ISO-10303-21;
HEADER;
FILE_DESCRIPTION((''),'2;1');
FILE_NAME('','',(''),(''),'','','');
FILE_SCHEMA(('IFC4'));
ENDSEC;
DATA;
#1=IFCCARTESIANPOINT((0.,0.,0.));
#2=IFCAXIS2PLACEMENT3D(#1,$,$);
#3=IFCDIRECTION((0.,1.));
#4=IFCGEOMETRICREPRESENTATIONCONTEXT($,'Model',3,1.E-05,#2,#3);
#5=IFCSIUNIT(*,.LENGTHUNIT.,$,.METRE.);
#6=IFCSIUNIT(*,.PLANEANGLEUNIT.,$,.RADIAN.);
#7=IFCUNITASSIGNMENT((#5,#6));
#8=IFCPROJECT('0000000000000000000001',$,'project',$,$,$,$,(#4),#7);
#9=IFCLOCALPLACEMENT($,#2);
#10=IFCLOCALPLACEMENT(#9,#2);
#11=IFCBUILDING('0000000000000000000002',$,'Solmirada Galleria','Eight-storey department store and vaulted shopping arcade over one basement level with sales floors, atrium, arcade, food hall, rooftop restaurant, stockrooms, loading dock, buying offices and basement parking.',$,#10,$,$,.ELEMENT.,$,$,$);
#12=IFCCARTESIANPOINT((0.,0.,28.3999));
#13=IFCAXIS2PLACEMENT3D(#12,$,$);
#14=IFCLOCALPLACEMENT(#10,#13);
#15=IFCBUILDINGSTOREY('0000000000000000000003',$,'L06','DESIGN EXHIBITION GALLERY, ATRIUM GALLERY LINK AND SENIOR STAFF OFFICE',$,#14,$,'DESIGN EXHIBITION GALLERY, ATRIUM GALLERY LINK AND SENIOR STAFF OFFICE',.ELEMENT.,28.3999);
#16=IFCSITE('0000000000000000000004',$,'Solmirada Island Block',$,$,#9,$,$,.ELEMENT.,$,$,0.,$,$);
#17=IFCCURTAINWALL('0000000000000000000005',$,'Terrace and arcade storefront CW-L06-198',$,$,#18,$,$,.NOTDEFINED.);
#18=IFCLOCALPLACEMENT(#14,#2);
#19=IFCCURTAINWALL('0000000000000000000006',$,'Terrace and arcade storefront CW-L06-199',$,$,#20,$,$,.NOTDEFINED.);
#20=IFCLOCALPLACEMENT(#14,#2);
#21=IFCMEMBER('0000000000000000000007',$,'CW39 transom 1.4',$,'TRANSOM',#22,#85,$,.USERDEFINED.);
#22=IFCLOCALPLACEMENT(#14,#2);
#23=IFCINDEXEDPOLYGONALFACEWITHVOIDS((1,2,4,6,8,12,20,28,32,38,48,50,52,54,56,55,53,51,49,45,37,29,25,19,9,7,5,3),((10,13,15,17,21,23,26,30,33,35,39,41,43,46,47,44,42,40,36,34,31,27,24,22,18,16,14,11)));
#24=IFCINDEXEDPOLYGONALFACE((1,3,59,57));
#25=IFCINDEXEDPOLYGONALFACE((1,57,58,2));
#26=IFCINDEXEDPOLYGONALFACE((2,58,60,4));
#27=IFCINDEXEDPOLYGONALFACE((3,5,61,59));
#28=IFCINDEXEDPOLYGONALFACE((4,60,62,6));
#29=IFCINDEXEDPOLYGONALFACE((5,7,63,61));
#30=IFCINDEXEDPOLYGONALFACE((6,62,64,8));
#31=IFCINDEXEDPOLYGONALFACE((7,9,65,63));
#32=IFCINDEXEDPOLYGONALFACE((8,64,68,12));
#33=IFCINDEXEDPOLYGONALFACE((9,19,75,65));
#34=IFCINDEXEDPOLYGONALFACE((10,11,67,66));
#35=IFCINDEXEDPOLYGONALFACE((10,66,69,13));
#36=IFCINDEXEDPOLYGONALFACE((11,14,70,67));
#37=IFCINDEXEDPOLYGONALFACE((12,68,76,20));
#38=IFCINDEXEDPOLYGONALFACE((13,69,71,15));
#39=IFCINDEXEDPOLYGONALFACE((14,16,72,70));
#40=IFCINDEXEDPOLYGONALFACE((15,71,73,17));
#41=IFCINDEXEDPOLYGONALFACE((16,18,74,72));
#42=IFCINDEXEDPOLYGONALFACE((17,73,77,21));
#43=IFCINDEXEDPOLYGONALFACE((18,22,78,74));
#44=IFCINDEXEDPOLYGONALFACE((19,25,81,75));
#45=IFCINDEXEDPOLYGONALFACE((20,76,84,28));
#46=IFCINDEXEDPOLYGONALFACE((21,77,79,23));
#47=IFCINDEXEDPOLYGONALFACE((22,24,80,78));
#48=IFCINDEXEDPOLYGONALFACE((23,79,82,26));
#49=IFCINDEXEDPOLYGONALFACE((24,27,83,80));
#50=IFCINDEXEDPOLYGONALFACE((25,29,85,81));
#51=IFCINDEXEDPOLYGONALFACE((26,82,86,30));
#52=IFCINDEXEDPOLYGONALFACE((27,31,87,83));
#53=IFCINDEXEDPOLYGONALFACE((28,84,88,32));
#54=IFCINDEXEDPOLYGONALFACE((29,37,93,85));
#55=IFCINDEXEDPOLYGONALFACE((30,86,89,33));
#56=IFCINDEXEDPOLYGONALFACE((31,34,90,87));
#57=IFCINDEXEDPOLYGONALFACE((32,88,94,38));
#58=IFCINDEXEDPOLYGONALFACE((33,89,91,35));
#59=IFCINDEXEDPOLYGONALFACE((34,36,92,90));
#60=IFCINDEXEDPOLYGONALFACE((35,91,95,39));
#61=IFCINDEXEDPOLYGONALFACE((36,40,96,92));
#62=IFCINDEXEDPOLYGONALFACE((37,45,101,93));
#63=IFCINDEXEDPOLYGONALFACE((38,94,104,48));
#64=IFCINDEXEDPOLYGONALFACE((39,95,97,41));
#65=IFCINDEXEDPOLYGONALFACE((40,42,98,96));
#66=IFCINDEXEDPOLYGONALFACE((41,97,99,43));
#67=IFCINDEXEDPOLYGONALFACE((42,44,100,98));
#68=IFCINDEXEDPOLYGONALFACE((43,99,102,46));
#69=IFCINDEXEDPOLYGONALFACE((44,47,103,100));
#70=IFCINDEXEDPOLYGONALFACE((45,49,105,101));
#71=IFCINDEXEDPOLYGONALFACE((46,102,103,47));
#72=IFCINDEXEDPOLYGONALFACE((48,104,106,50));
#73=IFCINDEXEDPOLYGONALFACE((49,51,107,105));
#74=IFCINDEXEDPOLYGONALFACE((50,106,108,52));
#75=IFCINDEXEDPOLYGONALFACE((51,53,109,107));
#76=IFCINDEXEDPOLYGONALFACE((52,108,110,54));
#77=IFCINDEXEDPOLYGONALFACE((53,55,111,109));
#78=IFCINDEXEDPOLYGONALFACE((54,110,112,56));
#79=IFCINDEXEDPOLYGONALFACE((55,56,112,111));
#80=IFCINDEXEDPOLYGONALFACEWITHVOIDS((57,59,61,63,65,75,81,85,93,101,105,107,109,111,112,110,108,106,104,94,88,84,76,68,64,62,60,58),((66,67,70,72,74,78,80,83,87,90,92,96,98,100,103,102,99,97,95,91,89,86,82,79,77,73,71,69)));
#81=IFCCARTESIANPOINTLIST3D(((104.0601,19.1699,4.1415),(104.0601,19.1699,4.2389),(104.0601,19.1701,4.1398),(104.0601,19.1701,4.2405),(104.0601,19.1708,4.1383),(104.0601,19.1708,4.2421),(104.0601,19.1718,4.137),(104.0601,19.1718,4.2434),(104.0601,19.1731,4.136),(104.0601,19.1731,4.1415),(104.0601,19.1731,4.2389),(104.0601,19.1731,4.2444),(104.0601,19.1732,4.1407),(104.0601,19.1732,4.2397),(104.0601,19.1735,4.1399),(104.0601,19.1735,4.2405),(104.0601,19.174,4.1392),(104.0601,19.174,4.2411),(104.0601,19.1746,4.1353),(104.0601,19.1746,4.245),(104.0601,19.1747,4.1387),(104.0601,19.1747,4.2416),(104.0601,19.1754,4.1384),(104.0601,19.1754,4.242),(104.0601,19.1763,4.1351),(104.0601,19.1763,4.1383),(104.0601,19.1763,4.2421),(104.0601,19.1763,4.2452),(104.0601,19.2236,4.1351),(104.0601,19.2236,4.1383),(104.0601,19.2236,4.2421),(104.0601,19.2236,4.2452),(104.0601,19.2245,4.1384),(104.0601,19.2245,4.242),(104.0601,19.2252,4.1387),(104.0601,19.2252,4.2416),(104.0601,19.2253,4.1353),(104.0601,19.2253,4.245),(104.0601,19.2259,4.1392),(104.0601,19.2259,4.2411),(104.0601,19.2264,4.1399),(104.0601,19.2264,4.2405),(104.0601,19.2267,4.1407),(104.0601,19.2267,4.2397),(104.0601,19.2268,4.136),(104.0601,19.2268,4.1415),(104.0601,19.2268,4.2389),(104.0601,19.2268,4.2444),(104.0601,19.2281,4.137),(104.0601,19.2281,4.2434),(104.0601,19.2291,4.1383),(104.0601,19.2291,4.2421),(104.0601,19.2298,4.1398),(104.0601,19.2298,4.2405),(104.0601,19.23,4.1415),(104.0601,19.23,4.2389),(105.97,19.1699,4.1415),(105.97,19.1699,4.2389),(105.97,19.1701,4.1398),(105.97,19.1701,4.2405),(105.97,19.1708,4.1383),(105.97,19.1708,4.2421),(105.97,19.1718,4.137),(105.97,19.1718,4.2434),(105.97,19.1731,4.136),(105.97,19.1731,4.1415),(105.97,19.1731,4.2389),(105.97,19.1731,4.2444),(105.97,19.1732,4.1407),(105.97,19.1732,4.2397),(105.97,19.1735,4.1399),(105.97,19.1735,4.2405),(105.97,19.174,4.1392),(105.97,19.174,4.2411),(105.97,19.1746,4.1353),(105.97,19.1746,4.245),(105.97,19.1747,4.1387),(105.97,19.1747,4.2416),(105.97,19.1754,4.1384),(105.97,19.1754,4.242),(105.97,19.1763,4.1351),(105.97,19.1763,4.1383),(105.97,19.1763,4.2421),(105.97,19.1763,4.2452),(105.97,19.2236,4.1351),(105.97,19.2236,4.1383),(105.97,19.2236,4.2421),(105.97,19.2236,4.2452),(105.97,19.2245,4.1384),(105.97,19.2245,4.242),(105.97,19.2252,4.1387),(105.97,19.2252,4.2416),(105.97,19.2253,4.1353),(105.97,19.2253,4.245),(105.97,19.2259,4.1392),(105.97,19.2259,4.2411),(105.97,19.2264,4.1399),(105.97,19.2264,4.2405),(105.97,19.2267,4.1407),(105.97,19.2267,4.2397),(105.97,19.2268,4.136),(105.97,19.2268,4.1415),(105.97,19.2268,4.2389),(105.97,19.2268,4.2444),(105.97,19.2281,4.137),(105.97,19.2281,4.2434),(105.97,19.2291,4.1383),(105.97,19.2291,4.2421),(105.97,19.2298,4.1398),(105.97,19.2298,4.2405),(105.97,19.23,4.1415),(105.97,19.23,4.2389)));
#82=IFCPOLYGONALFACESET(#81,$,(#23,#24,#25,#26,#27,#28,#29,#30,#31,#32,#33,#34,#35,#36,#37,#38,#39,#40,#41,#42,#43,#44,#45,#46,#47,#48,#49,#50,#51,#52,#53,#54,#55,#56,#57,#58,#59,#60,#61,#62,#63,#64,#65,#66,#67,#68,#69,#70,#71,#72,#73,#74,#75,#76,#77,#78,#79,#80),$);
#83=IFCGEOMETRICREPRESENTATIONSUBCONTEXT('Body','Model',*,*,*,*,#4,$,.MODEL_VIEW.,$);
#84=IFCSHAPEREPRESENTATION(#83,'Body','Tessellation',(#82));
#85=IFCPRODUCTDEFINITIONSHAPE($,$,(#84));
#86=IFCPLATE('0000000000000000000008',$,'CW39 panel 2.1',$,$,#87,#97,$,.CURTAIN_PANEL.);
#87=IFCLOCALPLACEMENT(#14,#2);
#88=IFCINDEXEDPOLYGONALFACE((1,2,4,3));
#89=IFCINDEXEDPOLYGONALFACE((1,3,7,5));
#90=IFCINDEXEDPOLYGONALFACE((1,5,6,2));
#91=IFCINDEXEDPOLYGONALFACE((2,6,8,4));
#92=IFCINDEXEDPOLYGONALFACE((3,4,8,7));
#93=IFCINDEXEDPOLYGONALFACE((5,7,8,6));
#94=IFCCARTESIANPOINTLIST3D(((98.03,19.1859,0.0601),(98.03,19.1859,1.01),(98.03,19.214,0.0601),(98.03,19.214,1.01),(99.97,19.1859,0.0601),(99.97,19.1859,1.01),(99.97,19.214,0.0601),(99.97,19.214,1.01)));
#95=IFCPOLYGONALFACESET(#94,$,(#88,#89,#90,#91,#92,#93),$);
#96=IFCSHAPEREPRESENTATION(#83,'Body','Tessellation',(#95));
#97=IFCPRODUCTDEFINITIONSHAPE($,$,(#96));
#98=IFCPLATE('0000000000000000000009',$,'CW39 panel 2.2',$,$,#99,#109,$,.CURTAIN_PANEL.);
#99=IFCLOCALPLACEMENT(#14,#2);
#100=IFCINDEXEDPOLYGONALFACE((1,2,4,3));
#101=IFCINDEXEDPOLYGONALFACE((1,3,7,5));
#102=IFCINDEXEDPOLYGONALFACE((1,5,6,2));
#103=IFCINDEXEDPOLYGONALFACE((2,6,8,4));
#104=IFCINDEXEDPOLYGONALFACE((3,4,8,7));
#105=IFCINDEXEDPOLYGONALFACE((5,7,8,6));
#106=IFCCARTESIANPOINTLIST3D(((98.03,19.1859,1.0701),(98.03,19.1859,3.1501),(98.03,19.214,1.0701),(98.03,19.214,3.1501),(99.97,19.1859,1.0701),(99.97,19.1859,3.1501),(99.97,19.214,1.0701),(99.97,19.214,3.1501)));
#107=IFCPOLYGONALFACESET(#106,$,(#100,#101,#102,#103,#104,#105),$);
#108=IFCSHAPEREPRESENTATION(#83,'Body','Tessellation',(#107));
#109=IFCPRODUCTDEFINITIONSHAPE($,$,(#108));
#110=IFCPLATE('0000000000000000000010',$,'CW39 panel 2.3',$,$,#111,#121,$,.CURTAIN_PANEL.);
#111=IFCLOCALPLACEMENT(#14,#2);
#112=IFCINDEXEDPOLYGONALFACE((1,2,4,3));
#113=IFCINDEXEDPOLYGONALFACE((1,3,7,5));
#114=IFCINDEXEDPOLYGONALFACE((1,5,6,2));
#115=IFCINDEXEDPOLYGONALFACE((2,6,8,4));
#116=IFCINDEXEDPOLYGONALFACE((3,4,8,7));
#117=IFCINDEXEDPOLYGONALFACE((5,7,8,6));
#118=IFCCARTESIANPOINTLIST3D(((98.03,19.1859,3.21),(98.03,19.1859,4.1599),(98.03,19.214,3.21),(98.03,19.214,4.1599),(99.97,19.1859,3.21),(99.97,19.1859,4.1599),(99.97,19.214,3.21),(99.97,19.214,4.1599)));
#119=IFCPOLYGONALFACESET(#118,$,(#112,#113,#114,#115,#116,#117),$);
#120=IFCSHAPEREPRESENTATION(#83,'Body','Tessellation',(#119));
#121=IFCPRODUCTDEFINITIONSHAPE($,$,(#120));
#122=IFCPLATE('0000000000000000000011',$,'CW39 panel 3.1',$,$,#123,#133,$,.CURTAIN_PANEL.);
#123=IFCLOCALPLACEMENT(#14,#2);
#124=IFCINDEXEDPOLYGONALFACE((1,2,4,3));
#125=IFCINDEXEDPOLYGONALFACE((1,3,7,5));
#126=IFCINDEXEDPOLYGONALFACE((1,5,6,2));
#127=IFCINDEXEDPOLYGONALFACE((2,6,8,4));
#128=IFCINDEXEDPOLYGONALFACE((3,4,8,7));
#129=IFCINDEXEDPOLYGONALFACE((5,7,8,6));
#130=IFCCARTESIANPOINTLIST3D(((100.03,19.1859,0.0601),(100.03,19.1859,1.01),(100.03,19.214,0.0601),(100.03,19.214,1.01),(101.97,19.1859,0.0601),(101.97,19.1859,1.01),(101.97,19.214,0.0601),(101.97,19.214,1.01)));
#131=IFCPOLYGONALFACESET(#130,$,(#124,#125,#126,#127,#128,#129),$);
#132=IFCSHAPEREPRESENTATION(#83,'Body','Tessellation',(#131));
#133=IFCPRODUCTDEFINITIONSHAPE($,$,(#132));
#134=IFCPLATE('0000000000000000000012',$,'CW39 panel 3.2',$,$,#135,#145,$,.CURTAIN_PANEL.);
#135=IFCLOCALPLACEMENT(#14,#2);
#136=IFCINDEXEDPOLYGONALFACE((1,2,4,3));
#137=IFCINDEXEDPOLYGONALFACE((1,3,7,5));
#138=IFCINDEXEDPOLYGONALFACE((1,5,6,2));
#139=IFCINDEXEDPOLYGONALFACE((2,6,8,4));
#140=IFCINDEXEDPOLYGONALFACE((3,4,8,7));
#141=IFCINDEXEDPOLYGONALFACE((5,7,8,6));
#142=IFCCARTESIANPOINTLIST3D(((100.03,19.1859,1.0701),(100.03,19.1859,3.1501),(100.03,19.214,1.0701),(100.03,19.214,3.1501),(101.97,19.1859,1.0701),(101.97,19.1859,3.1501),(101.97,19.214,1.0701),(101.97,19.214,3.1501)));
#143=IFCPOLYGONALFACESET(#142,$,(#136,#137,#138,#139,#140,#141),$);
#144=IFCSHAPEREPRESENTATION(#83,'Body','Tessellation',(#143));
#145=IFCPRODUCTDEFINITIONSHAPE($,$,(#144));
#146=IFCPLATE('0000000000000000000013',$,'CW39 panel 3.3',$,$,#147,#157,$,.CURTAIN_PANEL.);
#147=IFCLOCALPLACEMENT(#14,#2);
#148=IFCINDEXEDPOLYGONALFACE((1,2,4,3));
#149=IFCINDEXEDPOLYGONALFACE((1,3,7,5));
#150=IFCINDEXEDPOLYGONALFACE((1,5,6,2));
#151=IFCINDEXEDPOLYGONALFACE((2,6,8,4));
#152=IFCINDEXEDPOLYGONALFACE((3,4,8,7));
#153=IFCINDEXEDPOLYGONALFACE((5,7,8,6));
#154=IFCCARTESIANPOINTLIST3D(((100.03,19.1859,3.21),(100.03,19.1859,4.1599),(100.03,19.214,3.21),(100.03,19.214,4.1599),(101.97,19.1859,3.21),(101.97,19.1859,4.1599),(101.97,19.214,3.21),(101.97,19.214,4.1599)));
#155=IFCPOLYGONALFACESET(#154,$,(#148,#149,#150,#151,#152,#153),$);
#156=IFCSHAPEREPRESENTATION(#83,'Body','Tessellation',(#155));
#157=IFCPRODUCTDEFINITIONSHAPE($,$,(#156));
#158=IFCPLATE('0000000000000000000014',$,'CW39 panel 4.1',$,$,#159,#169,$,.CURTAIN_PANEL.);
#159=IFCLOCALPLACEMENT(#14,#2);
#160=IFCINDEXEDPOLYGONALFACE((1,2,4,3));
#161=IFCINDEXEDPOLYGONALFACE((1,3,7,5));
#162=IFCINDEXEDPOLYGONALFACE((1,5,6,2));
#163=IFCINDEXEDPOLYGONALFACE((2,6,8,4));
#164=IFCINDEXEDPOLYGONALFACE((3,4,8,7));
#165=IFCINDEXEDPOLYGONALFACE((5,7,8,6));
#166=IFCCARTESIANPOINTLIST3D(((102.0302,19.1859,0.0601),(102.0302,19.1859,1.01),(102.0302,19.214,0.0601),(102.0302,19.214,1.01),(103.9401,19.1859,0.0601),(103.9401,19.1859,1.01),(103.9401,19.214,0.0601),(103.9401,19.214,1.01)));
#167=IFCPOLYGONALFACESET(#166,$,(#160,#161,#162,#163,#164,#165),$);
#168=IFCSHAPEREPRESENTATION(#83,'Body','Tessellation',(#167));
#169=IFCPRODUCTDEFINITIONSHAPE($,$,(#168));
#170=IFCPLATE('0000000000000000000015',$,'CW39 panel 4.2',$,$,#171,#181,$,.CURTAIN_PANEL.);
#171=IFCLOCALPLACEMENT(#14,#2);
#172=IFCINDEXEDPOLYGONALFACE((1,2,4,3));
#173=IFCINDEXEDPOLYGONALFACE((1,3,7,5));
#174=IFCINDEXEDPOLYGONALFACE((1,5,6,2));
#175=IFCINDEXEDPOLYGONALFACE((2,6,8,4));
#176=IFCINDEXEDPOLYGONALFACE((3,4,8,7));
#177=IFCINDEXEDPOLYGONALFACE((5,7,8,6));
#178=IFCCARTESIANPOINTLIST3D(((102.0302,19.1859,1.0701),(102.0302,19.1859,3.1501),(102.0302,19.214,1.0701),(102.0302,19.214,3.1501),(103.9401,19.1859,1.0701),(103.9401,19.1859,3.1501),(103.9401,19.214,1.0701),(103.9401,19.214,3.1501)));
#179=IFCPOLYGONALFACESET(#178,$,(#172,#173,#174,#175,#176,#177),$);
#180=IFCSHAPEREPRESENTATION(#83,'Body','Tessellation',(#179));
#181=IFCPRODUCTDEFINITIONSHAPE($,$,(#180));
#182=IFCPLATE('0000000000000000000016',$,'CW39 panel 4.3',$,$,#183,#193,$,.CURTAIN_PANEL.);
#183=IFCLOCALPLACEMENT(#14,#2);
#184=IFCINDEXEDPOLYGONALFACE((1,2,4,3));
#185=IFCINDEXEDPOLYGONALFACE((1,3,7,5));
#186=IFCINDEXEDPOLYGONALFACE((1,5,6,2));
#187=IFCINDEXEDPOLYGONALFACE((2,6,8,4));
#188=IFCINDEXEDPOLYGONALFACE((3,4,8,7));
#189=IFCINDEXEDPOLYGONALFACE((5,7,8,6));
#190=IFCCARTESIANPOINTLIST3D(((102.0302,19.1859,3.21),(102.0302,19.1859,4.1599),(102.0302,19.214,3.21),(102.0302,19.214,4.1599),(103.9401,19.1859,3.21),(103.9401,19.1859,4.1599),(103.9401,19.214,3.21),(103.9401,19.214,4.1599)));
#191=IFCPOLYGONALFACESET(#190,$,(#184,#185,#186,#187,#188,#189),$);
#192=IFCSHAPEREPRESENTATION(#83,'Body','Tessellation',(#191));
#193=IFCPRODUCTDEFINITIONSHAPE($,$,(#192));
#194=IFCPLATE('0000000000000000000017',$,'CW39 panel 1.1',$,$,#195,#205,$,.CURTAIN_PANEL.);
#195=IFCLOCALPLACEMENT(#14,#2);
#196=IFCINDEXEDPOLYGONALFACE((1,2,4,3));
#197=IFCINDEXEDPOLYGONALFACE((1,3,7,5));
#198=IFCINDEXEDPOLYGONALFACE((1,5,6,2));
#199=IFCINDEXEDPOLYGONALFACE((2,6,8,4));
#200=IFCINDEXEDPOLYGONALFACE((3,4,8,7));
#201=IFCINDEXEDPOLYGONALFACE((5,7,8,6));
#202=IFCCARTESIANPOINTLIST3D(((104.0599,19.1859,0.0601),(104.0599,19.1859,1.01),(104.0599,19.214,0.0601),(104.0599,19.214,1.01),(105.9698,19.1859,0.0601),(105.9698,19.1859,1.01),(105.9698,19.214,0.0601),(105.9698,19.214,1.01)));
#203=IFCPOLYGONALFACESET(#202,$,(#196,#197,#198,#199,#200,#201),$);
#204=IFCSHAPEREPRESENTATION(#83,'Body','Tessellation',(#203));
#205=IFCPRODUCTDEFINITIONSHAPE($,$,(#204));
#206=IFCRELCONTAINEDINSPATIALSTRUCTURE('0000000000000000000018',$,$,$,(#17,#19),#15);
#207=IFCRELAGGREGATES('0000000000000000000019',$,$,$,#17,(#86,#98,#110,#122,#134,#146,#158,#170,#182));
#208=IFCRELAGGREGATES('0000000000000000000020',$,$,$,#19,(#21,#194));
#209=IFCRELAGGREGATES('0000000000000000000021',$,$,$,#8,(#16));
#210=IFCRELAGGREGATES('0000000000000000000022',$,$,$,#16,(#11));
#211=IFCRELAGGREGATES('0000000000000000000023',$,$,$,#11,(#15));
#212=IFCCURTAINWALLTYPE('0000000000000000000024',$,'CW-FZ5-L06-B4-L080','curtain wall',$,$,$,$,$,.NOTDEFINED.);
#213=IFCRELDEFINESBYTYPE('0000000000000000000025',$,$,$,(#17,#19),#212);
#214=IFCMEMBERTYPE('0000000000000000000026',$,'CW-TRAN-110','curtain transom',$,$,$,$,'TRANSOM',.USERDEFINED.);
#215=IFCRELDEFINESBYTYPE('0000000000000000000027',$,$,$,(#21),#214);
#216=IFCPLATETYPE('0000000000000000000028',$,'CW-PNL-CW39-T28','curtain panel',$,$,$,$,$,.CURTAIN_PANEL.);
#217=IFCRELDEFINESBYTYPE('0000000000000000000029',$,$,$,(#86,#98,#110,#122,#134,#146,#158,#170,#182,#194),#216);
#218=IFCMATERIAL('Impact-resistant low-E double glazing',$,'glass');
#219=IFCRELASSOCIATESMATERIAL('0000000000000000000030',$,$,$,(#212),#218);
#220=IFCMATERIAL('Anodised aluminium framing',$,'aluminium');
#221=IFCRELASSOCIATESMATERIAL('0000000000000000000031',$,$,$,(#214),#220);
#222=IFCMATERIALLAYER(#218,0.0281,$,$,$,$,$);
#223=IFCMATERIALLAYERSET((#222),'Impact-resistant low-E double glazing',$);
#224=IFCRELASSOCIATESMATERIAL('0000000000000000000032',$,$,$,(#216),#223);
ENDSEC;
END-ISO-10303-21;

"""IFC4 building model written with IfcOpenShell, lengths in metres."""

from ifc_helpers import new_model, si_unit, direction, frame, origin, origin_2d, place, context, subcontext, project, spatial, rectangle, hollow_rectangle, extrude, material, layer, layer_set, material_profile, profile_set, type_object, element, aggregate, save


model = new_model("IFC4")

# Units and contexts
model_context = context("Model", 3, precision=1e-05, world=origin(), true_north=direction((0.0, 1.0)))
body_context = subcontext(model_context, "Body", "Model", "MODEL_VIEW")
ifc_project = project(units=[si_unit("LENGTHUNIT", "METRE"), si_unit("PLANEANGLEUNIT", "RADIAN")], contexts=[model_context])

# Site, building, storey
site_placement = place(None, origin())
site = spatial("IfcSite", under=ifc_project, at=site_placement, Name="Solmirada Island Block", CompositionType="ELEMENT", RefElevation=0.0)
building_placement = place(site_placement, origin())
building = spatial("IfcBuilding", under=site, at=building_placement, Name="Solmirada Galleria", Description="Eight-storey department store and vaulted shopping arcade over one basement level with sales floors, atrium, arcade, food hall, rooftop restaurant, stockrooms, loading dock, buying offices and basement parking.", CompositionType="ELEMENT")
storey_placement = place(building_placement, frame((0.0, 0.0, 28.3999)))
storey = spatial("IfcBuildingStorey", under=building, at=storey_placement, Name="L06", Description="DESIGN EXHIBITION GALLERY, ATRIUM GALLERY LINK AND SENIOR STAFF OFFICE", LongName="DESIGN EXHIBITION GALLERY, ATRIUM GALLERY LINK AND SENIOR STAFF OFFICE", CompositionType="ELEMENT", Elevation=28.3999)

# Curtain wall
ifc_material_1 = material(Name="Impact-resistant low-E double glazing", Category="glass")
curtain_wall_type = type_object("IfcCurtainWallType", Name="CW-FZ5-L06-B4-L080", Description="curtain wall", PredefinedType="NOTDEFINED", material=ifc_material_1)
curtain_wall_1_placement = place(storey_placement, origin())
curtain_wall_1 = element("IfcCurtainWall", 1, at=curtain_wall_1_placement, inside=storey, type_object=curtain_wall_type, Name="Terrace and arcade storefront CW-L06-198", PredefinedType="NOTDEFINED")
ifc_material_2 = material(Name="Anodised aluminium framing", Category="aluminium")

# Curtain wall
curtain_wall_2_placement = place(storey_placement, origin())
curtain_wall_2 = element("IfcCurtainWall", 2, at=curtain_wall_2_placement, inside=storey, type_object=curtain_wall_type, Name="Terrace and arcade storefront CW-L06-199", PredefinedType="NOTDEFINED")

# Member
ifc_material_profile_1 = material_profile(ifc_material_2, hollow_rectangle(XDim=0.0601, YDim=0.1101, WallThickness=0.0032, InnerFilletRadius=0.0032, OuterFilletRadius=0.0063, at=origin_2d()), Name="ALU-TRAN-110X60")
ifc_profile_set_1 = profile_set([ifc_material_profile_1], Name="Anodised aluminium framing")
member_type_1 = type_object("IfcMemberType", Name="CW-TRAN-110", Description="curtain transom", ElementType="TRANSOM", PredefinedType="USERDEFINED", material=ifc_profile_set_1)
member_1_placement = place(storey_placement, frame((104.0601, 19.2, 4.1902), z_axis=(1.0, 0.0, 0.0), x_axis=(0.0, 1.0, 0.0)))
member_1 = element("IfcMember", 3, at=member_1_placement, type_object=member_type_1, Name="CW39 transom 1.4", ObjectType="TRANSOM", PredefinedType="USERDEFINED", context=body_context, shape_type="SweptSolid", body=[
    extrude(hollow_rectangle(XDim=0.0601, YDim=0.1101, WallThickness=0.0032, InnerFilletRadius=0.0032, OuterFilletRadius=0.0063, at=origin_2d()), origin(), (0.0, 0.0, 1.0), 1.9099),
])

# Plates
ifc_layer = layer(ifc_material_1, 0.0281)
ifc_layer_set = layer_set([ifc_layer], Name="Impact-resistant low-E double glazing")
plate_type = type_object("IfcPlateType", Name="CW-PNL-CW39-T28", Description="curtain panel", PredefinedType="CURTAIN_PANEL", material=ifc_layer_set)
plate_1_placement = place(storey_placement, frame((99.0, 19.2, 0.0601), z_axis=(0.0, 0.0, 1.0), x_axis=(1.0, 0.0, 0.0)))
plate_1 = element("IfcPlate", 4, at=plate_1_placement, type_object=plate_type, Name="CW39 panel 2.1", PredefinedType="CURTAIN_PANEL", context=body_context, shape_type="SweptSolid", body=[
    extrude(rectangle(XDim=1.9399, YDim=0.0281, at=origin_2d()), origin(), (0.0, 0.0, 1.0), 0.95),
])
plate_2_placement = place(storey_placement, frame((99.0, 19.2, 1.0701), z_axis=(0.0, 0.0, 1.0), x_axis=(1.0, 0.0, 0.0)))
plate_2 = element("IfcPlate", 5, at=plate_2_placement, type_object=plate_type, Name="CW39 panel 2.2", PredefinedType="CURTAIN_PANEL", context=body_context, shape_type="SweptSolid", body=[
    extrude(rectangle(XDim=1.9399, YDim=0.0281, at=origin_2d()), origin(), (0.0, 0.0, 1.0), 2.0801),
])
plate_3_placement = place(storey_placement, frame((99.0, 19.2, 3.21), z_axis=(0.0, 0.0, 1.0), x_axis=(1.0, 0.0, 0.0)))
plate_3 = element("IfcPlate", 6, at=plate_3_placement, type_object=plate_type, Name="CW39 panel 2.3", PredefinedType="CURTAIN_PANEL", context=body_context, shape_type="SweptSolid", body=[
    extrude(rectangle(XDim=1.9399, YDim=0.0281, at=origin_2d()), origin(), (0.0, 0.0, 1.0), 0.95),
])
plate_4_placement = place(storey_placement, frame((101.0, 19.2, 0.0601), z_axis=(0.0, 0.0, 1.0), x_axis=(1.0, 0.0, 0.0)))
plate_4 = element("IfcPlate", 7, at=plate_4_placement, type_object=plate_type, Name="CW39 panel 3.1", PredefinedType="CURTAIN_PANEL", context=body_context, shape_type="SweptSolid", body=[
    extrude(rectangle(XDim=1.9399, YDim=0.0281, at=origin_2d()), origin(), (0.0, 0.0, 1.0), 0.95),
])
plate_5_placement = place(storey_placement, frame((101.0, 19.2, 1.0701), z_axis=(0.0, 0.0, 1.0), x_axis=(1.0, 0.0, 0.0)))
plate_5 = element("IfcPlate", 8, at=plate_5_placement, type_object=plate_type, Name="CW39 panel 3.2", PredefinedType="CURTAIN_PANEL", context=body_context, shape_type="SweptSolid", body=[
    extrude(rectangle(XDim=1.9399, YDim=0.0281, at=origin_2d()), origin(), (0.0, 0.0, 1.0), 2.0801),
])
plate_6_placement = place(storey_placement, frame((101.0, 19.2, 3.21), z_axis=(0.0, 0.0, 1.0), x_axis=(1.0, 0.0, 0.0)))
plate_6 = element("IfcPlate", 9, at=plate_6_placement, type_object=plate_type, Name="CW39 panel 3.3", PredefinedType="CURTAIN_PANEL", context=body_context, shape_type="SweptSolid", body=[
    extrude(rectangle(XDim=1.9399, YDim=0.0281, at=origin_2d()), origin(), (0.0, 0.0, 1.0), 0.95),
])
plate_7_placement = place(storey_placement, frame((102.9851, 19.2, 0.0601), z_axis=(0.0, 0.0, 1.0), x_axis=(1.0, 0.0, 0.0)))
plate_7 = element("IfcPlate", 10, at=plate_7_placement, type_object=plate_type, Name="CW39 panel 4.1", PredefinedType="CURTAIN_PANEL", context=body_context, shape_type="SweptSolid", body=[
    extrude(rectangle(XDim=1.9099, YDim=0.0281, at=origin_2d()), origin(), (0.0, 0.0, 1.0), 0.95),
])
plate_8_placement = place(storey_placement, frame((102.9851, 19.2, 1.0701), z_axis=(0.0, 0.0, 1.0), x_axis=(1.0, 0.0, 0.0)))
plate_8 = element("IfcPlate", 11, at=plate_8_placement, type_object=plate_type, Name="CW39 panel 4.2", PredefinedType="CURTAIN_PANEL", context=body_context, shape_type="SweptSolid", body=[
    extrude(rectangle(XDim=1.9099, YDim=0.0281, at=origin_2d()), origin(), (0.0, 0.0, 1.0), 2.0801),
])
plate_9_placement = place(storey_placement, frame((102.9851, 19.2, 3.21), z_axis=(0.0, 0.0, 1.0), x_axis=(1.0, 0.0, 0.0)))
plate_9 = element("IfcPlate", 12, at=plate_9_placement, type_object=plate_type, Name="CW39 panel 4.3", PredefinedType="CURTAIN_PANEL", context=body_context, shape_type="SweptSolid", body=[
    extrude(rectangle(XDim=1.9099, YDim=0.0281, at=origin_2d()), origin(), (0.0, 0.0, 1.0), 0.95),
])
aggregate(curtain_wall_1, [plate_1, plate_2, plate_3, plate_4, plate_5, plate_6, plate_7, plate_8, plate_9])
plate_10_placement = place(storey_placement, frame((105.0149, 19.2, 0.0601), z_axis=(0.0, 0.0, 1.0), x_axis=(1.0, 0.0, 0.0)))
plate_10 = element("IfcPlate", 13, at=plate_10_placement, type_object=plate_type, Name="CW39 panel 1.1", PredefinedType="CURTAIN_PANEL", context=body_context, shape_type="SweptSolid", body=[
    extrude(rectangle(XDim=1.9099, YDim=0.0281, at=origin_2d()), origin(), (0.0, 0.0, 1.0), 0.95),
])
aggregate(curtain_wall_2, [member_1, plate_10])

save(model, "model.ifc")
